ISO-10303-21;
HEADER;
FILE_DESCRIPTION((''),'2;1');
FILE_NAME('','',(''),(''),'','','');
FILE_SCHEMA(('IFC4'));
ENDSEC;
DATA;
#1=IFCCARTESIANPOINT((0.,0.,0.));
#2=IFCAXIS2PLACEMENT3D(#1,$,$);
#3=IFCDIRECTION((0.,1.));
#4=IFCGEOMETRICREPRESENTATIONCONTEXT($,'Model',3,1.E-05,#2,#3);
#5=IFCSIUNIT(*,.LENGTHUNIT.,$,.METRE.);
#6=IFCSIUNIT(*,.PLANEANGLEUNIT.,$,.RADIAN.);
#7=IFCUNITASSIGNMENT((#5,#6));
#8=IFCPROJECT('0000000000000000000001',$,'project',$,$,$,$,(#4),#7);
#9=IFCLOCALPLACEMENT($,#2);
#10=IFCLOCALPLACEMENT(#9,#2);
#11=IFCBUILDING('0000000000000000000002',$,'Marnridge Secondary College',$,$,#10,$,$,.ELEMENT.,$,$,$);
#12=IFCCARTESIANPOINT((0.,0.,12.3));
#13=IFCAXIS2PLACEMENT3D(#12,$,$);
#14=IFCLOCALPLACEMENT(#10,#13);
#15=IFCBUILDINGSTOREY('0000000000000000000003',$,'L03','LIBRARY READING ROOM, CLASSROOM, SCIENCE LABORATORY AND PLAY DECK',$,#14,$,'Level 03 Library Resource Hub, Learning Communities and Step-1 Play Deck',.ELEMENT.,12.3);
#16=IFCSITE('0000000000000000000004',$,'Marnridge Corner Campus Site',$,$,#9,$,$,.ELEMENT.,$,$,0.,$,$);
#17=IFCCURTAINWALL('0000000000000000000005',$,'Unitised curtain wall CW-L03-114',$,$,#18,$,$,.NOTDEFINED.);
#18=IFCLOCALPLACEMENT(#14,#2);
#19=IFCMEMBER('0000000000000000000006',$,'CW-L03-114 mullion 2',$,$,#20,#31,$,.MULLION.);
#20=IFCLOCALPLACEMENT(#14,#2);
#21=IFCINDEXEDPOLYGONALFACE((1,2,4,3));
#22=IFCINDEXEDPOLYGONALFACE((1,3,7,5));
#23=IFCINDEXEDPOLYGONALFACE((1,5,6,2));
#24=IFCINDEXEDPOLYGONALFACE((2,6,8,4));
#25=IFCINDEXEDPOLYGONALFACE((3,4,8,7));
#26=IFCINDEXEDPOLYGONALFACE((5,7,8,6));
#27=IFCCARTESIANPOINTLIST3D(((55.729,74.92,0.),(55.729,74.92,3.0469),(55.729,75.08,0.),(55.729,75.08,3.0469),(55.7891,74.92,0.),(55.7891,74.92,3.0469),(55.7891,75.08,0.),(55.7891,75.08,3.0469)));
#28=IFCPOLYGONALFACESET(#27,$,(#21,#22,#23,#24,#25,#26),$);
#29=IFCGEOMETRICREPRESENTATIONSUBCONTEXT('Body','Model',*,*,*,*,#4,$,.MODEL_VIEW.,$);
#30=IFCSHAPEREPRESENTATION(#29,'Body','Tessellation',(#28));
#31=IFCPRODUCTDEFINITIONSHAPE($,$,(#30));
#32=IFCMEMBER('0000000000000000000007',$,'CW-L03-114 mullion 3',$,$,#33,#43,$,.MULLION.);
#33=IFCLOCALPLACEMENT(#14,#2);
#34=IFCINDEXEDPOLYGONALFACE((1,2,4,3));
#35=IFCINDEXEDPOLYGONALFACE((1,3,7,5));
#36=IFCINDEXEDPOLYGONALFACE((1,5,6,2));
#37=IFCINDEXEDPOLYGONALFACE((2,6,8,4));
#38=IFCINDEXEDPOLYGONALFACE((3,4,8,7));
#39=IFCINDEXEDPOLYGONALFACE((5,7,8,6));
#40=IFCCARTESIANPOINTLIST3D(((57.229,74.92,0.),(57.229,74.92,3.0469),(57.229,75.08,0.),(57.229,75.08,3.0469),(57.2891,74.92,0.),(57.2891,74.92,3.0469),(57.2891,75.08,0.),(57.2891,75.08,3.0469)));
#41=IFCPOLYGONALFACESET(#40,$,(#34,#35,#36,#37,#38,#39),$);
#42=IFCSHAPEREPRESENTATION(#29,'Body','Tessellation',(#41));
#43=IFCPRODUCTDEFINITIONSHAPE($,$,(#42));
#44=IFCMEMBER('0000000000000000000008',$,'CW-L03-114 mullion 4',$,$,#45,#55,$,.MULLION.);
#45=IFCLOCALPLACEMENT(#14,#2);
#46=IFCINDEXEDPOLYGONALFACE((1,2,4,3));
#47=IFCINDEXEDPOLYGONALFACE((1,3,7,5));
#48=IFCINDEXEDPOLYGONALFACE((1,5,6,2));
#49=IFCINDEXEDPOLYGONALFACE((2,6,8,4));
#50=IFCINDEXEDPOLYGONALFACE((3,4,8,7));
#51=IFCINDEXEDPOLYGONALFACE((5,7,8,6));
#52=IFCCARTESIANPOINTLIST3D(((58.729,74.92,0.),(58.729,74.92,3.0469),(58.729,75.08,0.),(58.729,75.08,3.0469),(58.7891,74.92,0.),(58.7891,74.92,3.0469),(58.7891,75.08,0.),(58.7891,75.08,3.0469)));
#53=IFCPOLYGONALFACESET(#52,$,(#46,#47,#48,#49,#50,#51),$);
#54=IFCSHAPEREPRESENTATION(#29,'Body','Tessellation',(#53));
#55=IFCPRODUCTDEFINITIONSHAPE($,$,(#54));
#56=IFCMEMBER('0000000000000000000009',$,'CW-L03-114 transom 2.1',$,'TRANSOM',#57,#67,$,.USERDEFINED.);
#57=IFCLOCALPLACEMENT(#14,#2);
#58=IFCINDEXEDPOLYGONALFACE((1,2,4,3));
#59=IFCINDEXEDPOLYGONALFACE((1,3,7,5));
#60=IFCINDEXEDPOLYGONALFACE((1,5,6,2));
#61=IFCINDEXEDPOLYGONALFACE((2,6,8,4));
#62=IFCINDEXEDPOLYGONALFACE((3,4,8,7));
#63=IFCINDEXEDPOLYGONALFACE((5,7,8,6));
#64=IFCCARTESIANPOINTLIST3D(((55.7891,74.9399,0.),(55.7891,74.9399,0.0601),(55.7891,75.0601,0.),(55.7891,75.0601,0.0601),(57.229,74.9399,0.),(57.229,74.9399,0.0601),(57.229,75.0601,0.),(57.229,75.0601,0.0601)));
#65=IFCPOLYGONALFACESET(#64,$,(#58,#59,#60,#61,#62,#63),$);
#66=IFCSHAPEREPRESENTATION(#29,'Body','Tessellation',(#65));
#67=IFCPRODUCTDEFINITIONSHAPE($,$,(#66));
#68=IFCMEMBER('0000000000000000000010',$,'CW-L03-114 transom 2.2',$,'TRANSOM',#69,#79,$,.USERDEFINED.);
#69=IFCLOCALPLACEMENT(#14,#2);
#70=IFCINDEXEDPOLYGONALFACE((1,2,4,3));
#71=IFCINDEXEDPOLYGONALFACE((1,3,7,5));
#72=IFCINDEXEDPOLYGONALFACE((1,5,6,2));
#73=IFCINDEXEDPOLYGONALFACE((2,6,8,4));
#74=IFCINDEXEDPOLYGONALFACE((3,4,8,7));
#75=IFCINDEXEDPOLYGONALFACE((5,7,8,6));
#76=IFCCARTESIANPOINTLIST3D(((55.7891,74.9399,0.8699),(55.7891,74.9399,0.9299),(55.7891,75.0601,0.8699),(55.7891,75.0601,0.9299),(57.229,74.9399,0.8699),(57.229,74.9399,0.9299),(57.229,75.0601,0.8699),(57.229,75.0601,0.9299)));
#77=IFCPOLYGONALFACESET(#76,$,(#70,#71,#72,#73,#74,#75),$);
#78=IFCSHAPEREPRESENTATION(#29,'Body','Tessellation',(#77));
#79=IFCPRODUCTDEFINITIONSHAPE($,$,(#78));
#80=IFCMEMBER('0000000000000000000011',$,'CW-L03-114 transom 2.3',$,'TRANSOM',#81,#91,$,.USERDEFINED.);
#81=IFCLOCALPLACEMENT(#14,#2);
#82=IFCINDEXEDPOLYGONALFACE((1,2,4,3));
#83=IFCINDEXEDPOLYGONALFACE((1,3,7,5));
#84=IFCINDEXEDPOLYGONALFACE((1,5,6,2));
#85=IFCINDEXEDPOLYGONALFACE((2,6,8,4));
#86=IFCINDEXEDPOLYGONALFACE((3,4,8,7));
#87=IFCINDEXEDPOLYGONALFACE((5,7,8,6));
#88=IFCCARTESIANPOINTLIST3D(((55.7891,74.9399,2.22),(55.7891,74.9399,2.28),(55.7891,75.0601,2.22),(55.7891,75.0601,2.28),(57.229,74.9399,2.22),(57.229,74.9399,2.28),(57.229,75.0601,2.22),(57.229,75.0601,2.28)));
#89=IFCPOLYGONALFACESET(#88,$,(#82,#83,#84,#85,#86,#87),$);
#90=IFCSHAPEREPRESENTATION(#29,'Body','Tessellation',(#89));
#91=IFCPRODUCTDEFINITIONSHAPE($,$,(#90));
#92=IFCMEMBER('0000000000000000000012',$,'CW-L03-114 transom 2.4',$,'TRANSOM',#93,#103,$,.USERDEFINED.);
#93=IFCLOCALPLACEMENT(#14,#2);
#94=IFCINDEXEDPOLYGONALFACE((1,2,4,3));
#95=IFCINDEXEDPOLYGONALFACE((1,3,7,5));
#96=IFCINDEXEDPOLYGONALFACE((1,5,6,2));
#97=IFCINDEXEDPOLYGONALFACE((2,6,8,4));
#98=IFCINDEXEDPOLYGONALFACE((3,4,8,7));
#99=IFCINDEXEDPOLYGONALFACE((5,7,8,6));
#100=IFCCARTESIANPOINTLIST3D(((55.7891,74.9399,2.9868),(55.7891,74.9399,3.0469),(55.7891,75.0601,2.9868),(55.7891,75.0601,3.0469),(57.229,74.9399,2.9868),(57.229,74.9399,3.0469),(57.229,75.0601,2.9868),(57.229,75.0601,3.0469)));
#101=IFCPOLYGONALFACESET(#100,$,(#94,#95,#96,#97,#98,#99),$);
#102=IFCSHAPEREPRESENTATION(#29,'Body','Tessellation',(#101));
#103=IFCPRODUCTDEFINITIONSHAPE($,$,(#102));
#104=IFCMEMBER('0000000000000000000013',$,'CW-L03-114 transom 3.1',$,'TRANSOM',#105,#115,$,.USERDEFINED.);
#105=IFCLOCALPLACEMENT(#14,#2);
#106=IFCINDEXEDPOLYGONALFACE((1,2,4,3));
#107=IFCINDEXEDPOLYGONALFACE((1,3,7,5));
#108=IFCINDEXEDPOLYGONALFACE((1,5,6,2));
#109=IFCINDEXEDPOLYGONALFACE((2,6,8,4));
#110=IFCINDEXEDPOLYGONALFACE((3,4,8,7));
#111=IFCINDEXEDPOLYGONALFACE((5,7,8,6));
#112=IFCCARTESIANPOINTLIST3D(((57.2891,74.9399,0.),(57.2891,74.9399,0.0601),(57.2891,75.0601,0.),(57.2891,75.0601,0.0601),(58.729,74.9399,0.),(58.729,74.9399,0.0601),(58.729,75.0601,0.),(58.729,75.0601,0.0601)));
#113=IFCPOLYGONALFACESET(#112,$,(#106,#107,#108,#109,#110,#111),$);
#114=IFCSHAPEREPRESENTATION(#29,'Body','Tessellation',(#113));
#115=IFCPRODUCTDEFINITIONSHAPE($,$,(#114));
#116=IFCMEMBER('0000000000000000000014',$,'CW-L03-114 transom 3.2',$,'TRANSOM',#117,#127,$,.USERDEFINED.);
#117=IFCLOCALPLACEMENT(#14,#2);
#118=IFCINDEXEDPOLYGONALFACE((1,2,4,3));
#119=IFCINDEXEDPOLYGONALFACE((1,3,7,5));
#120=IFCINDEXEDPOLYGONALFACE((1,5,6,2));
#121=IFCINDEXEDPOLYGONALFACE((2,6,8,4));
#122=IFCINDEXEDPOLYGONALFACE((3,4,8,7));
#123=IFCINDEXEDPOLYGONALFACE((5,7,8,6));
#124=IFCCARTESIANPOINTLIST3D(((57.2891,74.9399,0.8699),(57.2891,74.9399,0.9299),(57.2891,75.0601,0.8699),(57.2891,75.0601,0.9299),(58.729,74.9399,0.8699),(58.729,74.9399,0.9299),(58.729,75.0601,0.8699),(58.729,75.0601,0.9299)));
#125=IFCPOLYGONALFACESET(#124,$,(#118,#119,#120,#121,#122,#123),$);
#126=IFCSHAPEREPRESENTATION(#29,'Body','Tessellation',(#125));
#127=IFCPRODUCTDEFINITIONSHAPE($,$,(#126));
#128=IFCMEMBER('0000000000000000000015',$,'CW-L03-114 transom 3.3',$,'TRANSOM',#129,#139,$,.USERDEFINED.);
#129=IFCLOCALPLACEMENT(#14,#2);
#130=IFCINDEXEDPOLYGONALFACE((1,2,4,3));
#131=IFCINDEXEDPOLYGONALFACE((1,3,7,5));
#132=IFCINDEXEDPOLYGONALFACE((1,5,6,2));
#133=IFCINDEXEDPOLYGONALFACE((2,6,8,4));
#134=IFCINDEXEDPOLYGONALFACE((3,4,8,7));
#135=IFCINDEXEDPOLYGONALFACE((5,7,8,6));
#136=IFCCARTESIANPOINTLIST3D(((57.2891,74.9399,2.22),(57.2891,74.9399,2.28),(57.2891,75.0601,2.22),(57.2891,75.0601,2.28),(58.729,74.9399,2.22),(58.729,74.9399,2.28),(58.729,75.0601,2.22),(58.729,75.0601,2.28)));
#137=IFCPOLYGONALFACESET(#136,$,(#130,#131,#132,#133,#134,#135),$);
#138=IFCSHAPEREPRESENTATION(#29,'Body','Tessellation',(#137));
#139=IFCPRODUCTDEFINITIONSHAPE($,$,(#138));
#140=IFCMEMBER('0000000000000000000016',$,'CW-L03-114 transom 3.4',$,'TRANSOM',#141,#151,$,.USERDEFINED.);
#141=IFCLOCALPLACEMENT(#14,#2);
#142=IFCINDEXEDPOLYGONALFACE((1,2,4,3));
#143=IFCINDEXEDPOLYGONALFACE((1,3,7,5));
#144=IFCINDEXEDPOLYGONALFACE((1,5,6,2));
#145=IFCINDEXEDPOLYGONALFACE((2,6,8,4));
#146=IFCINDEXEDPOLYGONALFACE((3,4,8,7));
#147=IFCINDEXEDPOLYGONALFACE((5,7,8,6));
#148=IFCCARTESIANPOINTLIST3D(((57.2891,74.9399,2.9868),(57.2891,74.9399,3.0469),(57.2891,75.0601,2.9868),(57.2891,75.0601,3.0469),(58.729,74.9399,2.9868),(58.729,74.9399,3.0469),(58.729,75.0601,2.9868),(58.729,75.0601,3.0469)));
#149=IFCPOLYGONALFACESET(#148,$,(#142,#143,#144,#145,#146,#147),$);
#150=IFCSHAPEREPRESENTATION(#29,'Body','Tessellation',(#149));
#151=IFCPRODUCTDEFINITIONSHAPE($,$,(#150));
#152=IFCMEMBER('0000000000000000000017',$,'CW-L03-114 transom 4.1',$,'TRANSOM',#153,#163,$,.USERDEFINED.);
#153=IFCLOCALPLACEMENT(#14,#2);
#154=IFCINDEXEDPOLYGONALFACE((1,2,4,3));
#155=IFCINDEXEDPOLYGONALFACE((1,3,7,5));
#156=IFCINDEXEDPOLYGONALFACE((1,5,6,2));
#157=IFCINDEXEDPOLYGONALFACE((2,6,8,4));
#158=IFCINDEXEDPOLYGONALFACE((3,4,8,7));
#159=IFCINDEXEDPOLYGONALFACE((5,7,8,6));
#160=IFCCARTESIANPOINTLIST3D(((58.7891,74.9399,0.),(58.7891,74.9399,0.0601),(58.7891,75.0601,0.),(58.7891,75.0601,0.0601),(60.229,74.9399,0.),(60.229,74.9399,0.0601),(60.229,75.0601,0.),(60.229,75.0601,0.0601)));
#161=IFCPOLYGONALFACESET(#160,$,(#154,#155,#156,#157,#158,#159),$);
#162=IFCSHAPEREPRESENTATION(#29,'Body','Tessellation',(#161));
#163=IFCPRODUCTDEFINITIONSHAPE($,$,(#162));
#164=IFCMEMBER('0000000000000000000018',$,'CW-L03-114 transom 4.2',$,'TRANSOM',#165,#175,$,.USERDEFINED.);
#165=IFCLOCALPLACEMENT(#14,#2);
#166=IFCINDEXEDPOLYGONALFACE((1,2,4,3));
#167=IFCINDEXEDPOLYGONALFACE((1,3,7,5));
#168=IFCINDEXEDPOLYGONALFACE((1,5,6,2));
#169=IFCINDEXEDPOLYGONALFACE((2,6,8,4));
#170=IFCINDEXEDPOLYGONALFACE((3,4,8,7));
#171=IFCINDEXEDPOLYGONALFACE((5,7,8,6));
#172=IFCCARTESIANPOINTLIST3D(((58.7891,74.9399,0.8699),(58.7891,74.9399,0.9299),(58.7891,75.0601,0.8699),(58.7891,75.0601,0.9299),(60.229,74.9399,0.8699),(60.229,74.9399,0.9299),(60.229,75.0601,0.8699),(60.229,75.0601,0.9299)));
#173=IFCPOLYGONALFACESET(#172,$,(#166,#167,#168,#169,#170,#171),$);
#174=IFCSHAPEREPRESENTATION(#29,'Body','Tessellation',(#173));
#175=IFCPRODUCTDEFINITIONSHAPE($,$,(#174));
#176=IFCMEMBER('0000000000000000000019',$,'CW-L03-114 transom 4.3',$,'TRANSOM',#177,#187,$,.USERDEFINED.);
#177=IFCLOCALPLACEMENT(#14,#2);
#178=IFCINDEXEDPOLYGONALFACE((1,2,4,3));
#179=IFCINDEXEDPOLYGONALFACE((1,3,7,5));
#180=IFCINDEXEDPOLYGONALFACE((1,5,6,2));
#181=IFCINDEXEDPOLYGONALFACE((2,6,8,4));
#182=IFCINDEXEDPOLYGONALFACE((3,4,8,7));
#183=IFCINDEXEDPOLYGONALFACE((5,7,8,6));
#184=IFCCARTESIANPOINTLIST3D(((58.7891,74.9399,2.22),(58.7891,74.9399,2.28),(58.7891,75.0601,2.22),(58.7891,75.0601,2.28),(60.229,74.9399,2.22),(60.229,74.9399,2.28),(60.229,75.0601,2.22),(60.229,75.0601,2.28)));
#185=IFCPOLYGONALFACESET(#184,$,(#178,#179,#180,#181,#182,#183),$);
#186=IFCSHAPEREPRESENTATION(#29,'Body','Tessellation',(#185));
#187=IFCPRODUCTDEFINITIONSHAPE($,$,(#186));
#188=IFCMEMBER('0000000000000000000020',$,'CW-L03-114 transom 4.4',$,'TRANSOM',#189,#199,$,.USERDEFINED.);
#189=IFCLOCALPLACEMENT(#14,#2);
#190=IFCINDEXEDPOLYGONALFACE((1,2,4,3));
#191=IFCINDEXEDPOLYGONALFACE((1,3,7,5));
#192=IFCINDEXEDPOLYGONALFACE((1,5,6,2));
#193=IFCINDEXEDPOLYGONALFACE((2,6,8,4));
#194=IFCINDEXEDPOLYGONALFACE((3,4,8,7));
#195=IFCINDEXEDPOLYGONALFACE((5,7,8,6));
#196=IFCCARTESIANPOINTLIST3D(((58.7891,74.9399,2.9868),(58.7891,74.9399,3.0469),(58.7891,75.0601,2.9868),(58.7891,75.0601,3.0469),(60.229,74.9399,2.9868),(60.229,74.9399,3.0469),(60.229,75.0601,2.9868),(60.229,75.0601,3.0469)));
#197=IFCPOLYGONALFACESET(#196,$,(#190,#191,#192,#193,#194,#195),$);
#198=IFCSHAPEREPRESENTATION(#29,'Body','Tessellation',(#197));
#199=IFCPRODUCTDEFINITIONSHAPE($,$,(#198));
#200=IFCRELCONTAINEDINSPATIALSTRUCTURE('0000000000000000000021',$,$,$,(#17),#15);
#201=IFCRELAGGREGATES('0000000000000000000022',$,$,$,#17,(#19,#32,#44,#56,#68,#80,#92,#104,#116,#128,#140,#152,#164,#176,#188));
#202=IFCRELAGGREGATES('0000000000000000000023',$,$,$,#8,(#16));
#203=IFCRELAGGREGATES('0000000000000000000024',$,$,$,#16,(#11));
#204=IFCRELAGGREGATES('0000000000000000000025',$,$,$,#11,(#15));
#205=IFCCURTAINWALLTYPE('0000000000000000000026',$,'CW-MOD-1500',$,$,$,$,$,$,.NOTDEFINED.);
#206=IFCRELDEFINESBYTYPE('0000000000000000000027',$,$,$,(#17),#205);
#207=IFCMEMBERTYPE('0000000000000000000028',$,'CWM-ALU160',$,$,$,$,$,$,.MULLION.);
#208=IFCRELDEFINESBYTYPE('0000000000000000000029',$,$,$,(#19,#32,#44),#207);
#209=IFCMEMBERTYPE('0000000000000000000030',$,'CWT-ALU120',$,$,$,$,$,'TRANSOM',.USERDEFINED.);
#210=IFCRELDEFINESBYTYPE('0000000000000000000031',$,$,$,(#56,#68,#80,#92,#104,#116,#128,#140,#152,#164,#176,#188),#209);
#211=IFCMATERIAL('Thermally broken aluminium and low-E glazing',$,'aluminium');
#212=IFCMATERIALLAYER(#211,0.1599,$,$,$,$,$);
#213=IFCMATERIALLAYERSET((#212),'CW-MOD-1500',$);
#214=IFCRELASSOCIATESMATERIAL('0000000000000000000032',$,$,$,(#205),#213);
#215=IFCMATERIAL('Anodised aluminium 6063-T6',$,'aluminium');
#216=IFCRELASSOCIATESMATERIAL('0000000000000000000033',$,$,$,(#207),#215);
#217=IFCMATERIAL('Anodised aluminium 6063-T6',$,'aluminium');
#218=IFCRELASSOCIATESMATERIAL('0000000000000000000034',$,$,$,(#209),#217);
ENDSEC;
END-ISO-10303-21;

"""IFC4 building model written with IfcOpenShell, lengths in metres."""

from ifc_helpers import new_model, si_unit, direction, frame, origin, origin_2d, place, context, subcontext, project, spatial, rectangle, extrude, material, layer, layer_set, material_profile, profile_set, type_object, element, aggregate, save


model = new_model("IFC4")

# Units and contexts
model_context = context("Model", 3, precision=1e-05, world=origin(), true_north=direction((0.0, 1.0)))
body_context = subcontext(model_context, "Body", "Model", "MODEL_VIEW")
ifc_project = project(units=[si_unit("LENGTHUNIT", "METRE"), si_unit("PLANEANGLEUNIT", "RADIAN")], contexts=[model_context])

# Site, building, storey
site_placement = place(None, origin())
site = spatial("IfcSite", under=ifc_project, at=site_placement, Name="Marnridge Corner Campus Site", CompositionType="ELEMENT", RefElevation=0.0)
building_placement = place(site_placement, origin())
building = spatial("IfcBuilding", under=site, at=building_placement, Name="Marnridge Secondary College", CompositionType="ELEMENT")
storey_placement = place(building_placement, frame((0.0, 0.0, 12.3)))
storey = spatial("IfcBuildingStorey", under=building, at=storey_placement, Name="L03", Description="LIBRARY READING ROOM, CLASSROOM, SCIENCE LABORATORY AND PLAY DECK", LongName="Level 03 Library Resource Hub, Learning Communities and Step-1 Play Deck", CompositionType="ELEMENT", Elevation=12.3)

# Curtain wall, members
ifc_material_1 = material(Name="Thermally broken aluminium and low-E glazing", Category="aluminium")
ifc_layer_1 = layer(ifc_material_1, 0.1599)
ifc_layer_set_1 = layer_set([ifc_layer_1], Name="CW-MOD-1500")
curtain_wall_type = type_object("IfcCurtainWallType", Name="CW-MOD-1500", PredefinedType="NOTDEFINED", material=ifc_layer_set_1)
curtain_wall_placement = place(storey_placement, origin())
curtain_wall = element("IfcCurtainWall", 1, at=curtain_wall_placement, inside=storey, type_object=curtain_wall_type, Name="Unitised curtain wall CW-L03-114", PredefinedType="NOTDEFINED")
ifc_material_2 = material(Name="Anodised aluminium 6063-T6", Category="aluminium")
ifc_material_profile_1 = material_profile(ifc_material_2, rectangle(XDim=0.0601, YDim=0.1599, at=origin_2d()), Name="ALU 60x160")
ifc_profile_set_1 = profile_set([ifc_material_profile_1], Name="Anodised aluminium 6063-T6")
member_type_1 = type_object("IfcMemberType", Name="CWM-ALU160", PredefinedType="MULLION", material=ifc_profile_set_1)
member_1_placement = place(storey_placement, frame((55.759, 75.0, 0.0), z_axis=(0.0, 0.0, 1.0), x_axis=(1.0, 0.0, 0.0)))
member_1 = element("IfcMember", 2, at=member_1_placement, type_object=member_type_1, Name="CW-L03-114 mullion 2", PredefinedType="MULLION", context=body_context, shape_type="SweptSolid", body=[
    extrude(rectangle(XDim=0.0601, YDim=0.1599, at=origin_2d()), origin(), (0.0, 0.0, 1.0), 3.0469),
])
member_2_placement = place(storey_placement, frame((57.259, 75.0, 0.0), z_axis=(0.0, 0.0, 1.0), x_axis=(1.0, 0.0, 0.0)))
member_2 = element("IfcMember", 3, at=member_2_placement, type_object=member_type_1, Name="CW-L03-114 mullion 3", PredefinedType="MULLION", context=body_context, shape_type="SweptSolid", body=[
    extrude(rectangle(XDim=0.0601, YDim=0.1599, at=origin_2d()), origin(), (0.0, 0.0, 1.0), 3.0469),
])
member_3_placement = place(storey_placement, frame((58.759, 75.0, 0.0), z_axis=(0.0, 0.0, 1.0), x_axis=(1.0, 0.0, 0.0)))
member_3 = element("IfcMember", 4, at=member_3_placement, type_object=member_type_1, Name="CW-L03-114 mullion 4", PredefinedType="MULLION", context=body_context, shape_type="SweptSolid", body=[
    extrude(rectangle(XDim=0.0601, YDim=0.1599, at=origin_2d()), origin(), (0.0, 0.0, 1.0), 3.0469),
])
ifc_material_3 = material(Name="Anodised aluminium 6063-T6", Category="aluminium")
ifc_material_profile_2 = material_profile(ifc_material_3, rectangle(XDim=0.0601, YDim=0.1201, at=origin_2d()), Name="ALU 60x120")
ifc_profile_set_2 = profile_set([ifc_material_profile_2], Name="Anodised aluminium 6063-T6")
member_type_2 = type_object("IfcMemberType", Name="CWT-ALU120", ElementType="TRANSOM", PredefinedType="USERDEFINED", material=ifc_profile_set_2)
member_4_placement = place(storey_placement, frame((55.7891, 75.0, 0.03), z_axis=(1.0, 0.0, 0.0), x_axis=(0.0, 0.0, 1.0)))
member_4 = element("IfcMember", 5, at=member_4_placement, type_object=member_type_2, Name="CW-L03-114 transom 2.1", ObjectType="TRANSOM", PredefinedType="USERDEFINED", context=body_context, shape_type="SweptSolid", body=[
    extrude(rectangle(XDim=0.0601, YDim=0.1201, at=origin_2d()), origin(), (0.0, 0.0, 1.0), 1.4399),
])
member_5_placement = place(storey_placement, frame((55.7891, 75.0, 0.8999), z_axis=(1.0, 0.0, 0.0), x_axis=(0.0, 0.0, 1.0)))
member_5 = element("IfcMember", 6, at=member_5_placement, type_object=member_type_2, Name="CW-L03-114 transom 2.2", ObjectType="TRANSOM", PredefinedType="USERDEFINED", context=body_context, shape_type="SweptSolid", body=[
    extrude(rectangle(XDim=0.0601, YDim=0.1201, at=origin_2d()), origin(), (0.0, 0.0, 1.0), 1.4399),
])
member_6_placement = place(storey_placement, frame((55.7891, 75.0, 2.25), z_axis=(1.0, 0.0, 0.0), x_axis=(0.0, 0.0, 1.0)))
member_6 = element("IfcMember", 7, at=member_6_placement, type_object=member_type_2, Name="CW-L03-114 transom 2.3", ObjectType="TRANSOM", PredefinedType="USERDEFINED", context=body_context, shape_type="SweptSolid", body=[
    extrude(rectangle(XDim=0.0601, YDim=0.1201, at=origin_2d()), origin(), (0.0, 0.0, 1.0), 1.4399),
])
member_7_placement = place(storey_placement, frame((55.7891, 75.0, 3.0168), z_axis=(1.0, 0.0, 0.0), x_axis=(0.0, 0.0, 1.0)))
member_7 = element("IfcMember", 8, at=member_7_placement, type_object=member_type_2, Name="CW-L03-114 transom 2.4", ObjectType="TRANSOM", PredefinedType="USERDEFINED", context=body_context, shape_type="SweptSolid", body=[
    extrude(rectangle(XDim=0.0601, YDim=0.1201, at=origin_2d()), origin(), (0.0, 0.0, 1.0), 1.4399),
])
member_8_placement = place(storey_placement, frame((57.2891, 75.0, 0.03), z_axis=(1.0, 0.0, 0.0), x_axis=(0.0, 0.0, 1.0)))
member_8 = element("IfcMember", 9, at=member_8_placement, type_object=member_type_2, Name="CW-L03-114 transom 3.1", ObjectType="TRANSOM", PredefinedType="USERDEFINED", context=body_context, shape_type="SweptSolid", body=[
    extrude(rectangle(XDim=0.0601, YDim=0.1201, at=origin_2d()), origin(), (0.0, 0.0, 1.0), 1.4399),
])
member_9_placement = place(storey_placement, frame((57.2891, 75.0, 0.8999), z_axis=(1.0, 0.0, 0.0), x_axis=(0.0, 0.0, 1.0)))
member_9 = element("IfcMember", 10, at=member_9_placement, type_object=member_type_2, Name="CW-L03-114 transom 3.2", ObjectType="TRANSOM", PredefinedType="USERDEFINED", context=body_context, shape_type="SweptSolid", body=[
    extrude(rectangle(XDim=0.0601, YDim=0.1201, at=origin_2d()), origin(), (0.0, 0.0, 1.0), 1.4399),
])
member_10_placement = place(storey_placement, frame((57.2891, 75.0, 2.25), z_axis=(1.0, 0.0, 0.0), x_axis=(0.0, 0.0, 1.0)))
member_10 = element("IfcMember", 11, at=member_10_placement, type_object=member_type_2, Name="CW-L03-114 transom 3.3", ObjectType="TRANSOM", PredefinedType="USERDEFINED", context=body_context, shape_type="SweptSolid", body=[
    extrude(rectangle(XDim=0.0601, YDim=0.1201, at=origin_2d()), origin(), (0.0, 0.0, 1.0), 1.4399),
])
member_11_placement = place(storey_placement, frame((57.2891, 75.0, 3.0168), z_axis=(1.0, 0.0, 0.0), x_axis=(0.0, 0.0, 1.0)))
member_11 = element("IfcMember", 12, at=member_11_placement, type_object=member_type_2, Name="CW-L03-114 transom 3.4", ObjectType="TRANSOM", PredefinedType="USERDEFINED", context=body_context, shape_type="SweptSolid", body=[
    extrude(rectangle(XDim=0.0601, YDim=0.1201, at=origin_2d()), origin(), (0.0, 0.0, 1.0), 1.4399),
])
member_12_placement = place(storey_placement, frame((58.7891, 75.0, 0.03), z_axis=(1.0, 0.0, 0.0), x_axis=(0.0, 0.0, 1.0)))
member_12 = element("IfcMember", 13, at=member_12_placement, type_object=member_type_2, Name="CW-L03-114 transom 4.1", ObjectType="TRANSOM", PredefinedType="USERDEFINED", context=body_context, shape_type="SweptSolid", body=[
    extrude(rectangle(XDim=0.0601, YDim=0.1201, at=origin_2d()), origin(), (0.0, 0.0, 1.0), 1.4399),
])
member_13_placement = place(storey_placement, frame((58.7891, 75.0, 0.8999), z_axis=(1.0, 0.0, 0.0), x_axis=(0.0, 0.0, 1.0)))
member_13 = element("IfcMember", 14, at=member_13_placement, type_object=member_type_2, Name="CW-L03-114 transom 4.2", ObjectType="TRANSOM", PredefinedType="USERDEFINED", context=body_context, shape_type="SweptSolid", body=[
    extrude(rectangle(XDim=0.0601, YDim=0.1201, at=origin_2d()), origin(), (0.0, 0.0, 1.0), 1.4399),
])
member_14_placement = place(storey_placement, frame((58.7891, 75.0, 2.25), z_axis=(1.0, 0.0, 0.0), x_axis=(0.0, 0.0, 1.0)))
member_14 = element("IfcMember", 15, at=member_14_placement, type_object=member_type_2, Name="CW-L03-114 transom 4.3", ObjectType="TRANSOM", PredefinedType="USERDEFINED", context=body_context, shape_type="SweptSolid", body=[
    extrude(rectangle(XDim=0.0601, YDim=0.1201, at=origin_2d()), origin(), (0.0, 0.0, 1.0), 1.4399),
])
member_15_placement = place(storey_placement, frame((58.7891, 75.0, 3.0168), z_axis=(1.0, 0.0, 0.0), x_axis=(0.0, 0.0, 1.0)))
member_15 = element("IfcMember", 16, at=member_15_placement, type_object=member_type_2, Name="CW-L03-114 transom 4.4", ObjectType="TRANSOM", PredefinedType="USERDEFINED", context=body_context, shape_type="SweptSolid", body=[
    extrude(rectangle(XDim=0.0601, YDim=0.1201, at=origin_2d()), origin(), (0.0, 0.0, 1.0), 1.4399),
])
aggregate(curtain_wall, [member_1, member_2, member_3, member_4, member_5, member_6, member_7, member_8, member_9, member_10, member_11, member_12, member_13, member_14, member_15])

save(model, "model.ifc")
